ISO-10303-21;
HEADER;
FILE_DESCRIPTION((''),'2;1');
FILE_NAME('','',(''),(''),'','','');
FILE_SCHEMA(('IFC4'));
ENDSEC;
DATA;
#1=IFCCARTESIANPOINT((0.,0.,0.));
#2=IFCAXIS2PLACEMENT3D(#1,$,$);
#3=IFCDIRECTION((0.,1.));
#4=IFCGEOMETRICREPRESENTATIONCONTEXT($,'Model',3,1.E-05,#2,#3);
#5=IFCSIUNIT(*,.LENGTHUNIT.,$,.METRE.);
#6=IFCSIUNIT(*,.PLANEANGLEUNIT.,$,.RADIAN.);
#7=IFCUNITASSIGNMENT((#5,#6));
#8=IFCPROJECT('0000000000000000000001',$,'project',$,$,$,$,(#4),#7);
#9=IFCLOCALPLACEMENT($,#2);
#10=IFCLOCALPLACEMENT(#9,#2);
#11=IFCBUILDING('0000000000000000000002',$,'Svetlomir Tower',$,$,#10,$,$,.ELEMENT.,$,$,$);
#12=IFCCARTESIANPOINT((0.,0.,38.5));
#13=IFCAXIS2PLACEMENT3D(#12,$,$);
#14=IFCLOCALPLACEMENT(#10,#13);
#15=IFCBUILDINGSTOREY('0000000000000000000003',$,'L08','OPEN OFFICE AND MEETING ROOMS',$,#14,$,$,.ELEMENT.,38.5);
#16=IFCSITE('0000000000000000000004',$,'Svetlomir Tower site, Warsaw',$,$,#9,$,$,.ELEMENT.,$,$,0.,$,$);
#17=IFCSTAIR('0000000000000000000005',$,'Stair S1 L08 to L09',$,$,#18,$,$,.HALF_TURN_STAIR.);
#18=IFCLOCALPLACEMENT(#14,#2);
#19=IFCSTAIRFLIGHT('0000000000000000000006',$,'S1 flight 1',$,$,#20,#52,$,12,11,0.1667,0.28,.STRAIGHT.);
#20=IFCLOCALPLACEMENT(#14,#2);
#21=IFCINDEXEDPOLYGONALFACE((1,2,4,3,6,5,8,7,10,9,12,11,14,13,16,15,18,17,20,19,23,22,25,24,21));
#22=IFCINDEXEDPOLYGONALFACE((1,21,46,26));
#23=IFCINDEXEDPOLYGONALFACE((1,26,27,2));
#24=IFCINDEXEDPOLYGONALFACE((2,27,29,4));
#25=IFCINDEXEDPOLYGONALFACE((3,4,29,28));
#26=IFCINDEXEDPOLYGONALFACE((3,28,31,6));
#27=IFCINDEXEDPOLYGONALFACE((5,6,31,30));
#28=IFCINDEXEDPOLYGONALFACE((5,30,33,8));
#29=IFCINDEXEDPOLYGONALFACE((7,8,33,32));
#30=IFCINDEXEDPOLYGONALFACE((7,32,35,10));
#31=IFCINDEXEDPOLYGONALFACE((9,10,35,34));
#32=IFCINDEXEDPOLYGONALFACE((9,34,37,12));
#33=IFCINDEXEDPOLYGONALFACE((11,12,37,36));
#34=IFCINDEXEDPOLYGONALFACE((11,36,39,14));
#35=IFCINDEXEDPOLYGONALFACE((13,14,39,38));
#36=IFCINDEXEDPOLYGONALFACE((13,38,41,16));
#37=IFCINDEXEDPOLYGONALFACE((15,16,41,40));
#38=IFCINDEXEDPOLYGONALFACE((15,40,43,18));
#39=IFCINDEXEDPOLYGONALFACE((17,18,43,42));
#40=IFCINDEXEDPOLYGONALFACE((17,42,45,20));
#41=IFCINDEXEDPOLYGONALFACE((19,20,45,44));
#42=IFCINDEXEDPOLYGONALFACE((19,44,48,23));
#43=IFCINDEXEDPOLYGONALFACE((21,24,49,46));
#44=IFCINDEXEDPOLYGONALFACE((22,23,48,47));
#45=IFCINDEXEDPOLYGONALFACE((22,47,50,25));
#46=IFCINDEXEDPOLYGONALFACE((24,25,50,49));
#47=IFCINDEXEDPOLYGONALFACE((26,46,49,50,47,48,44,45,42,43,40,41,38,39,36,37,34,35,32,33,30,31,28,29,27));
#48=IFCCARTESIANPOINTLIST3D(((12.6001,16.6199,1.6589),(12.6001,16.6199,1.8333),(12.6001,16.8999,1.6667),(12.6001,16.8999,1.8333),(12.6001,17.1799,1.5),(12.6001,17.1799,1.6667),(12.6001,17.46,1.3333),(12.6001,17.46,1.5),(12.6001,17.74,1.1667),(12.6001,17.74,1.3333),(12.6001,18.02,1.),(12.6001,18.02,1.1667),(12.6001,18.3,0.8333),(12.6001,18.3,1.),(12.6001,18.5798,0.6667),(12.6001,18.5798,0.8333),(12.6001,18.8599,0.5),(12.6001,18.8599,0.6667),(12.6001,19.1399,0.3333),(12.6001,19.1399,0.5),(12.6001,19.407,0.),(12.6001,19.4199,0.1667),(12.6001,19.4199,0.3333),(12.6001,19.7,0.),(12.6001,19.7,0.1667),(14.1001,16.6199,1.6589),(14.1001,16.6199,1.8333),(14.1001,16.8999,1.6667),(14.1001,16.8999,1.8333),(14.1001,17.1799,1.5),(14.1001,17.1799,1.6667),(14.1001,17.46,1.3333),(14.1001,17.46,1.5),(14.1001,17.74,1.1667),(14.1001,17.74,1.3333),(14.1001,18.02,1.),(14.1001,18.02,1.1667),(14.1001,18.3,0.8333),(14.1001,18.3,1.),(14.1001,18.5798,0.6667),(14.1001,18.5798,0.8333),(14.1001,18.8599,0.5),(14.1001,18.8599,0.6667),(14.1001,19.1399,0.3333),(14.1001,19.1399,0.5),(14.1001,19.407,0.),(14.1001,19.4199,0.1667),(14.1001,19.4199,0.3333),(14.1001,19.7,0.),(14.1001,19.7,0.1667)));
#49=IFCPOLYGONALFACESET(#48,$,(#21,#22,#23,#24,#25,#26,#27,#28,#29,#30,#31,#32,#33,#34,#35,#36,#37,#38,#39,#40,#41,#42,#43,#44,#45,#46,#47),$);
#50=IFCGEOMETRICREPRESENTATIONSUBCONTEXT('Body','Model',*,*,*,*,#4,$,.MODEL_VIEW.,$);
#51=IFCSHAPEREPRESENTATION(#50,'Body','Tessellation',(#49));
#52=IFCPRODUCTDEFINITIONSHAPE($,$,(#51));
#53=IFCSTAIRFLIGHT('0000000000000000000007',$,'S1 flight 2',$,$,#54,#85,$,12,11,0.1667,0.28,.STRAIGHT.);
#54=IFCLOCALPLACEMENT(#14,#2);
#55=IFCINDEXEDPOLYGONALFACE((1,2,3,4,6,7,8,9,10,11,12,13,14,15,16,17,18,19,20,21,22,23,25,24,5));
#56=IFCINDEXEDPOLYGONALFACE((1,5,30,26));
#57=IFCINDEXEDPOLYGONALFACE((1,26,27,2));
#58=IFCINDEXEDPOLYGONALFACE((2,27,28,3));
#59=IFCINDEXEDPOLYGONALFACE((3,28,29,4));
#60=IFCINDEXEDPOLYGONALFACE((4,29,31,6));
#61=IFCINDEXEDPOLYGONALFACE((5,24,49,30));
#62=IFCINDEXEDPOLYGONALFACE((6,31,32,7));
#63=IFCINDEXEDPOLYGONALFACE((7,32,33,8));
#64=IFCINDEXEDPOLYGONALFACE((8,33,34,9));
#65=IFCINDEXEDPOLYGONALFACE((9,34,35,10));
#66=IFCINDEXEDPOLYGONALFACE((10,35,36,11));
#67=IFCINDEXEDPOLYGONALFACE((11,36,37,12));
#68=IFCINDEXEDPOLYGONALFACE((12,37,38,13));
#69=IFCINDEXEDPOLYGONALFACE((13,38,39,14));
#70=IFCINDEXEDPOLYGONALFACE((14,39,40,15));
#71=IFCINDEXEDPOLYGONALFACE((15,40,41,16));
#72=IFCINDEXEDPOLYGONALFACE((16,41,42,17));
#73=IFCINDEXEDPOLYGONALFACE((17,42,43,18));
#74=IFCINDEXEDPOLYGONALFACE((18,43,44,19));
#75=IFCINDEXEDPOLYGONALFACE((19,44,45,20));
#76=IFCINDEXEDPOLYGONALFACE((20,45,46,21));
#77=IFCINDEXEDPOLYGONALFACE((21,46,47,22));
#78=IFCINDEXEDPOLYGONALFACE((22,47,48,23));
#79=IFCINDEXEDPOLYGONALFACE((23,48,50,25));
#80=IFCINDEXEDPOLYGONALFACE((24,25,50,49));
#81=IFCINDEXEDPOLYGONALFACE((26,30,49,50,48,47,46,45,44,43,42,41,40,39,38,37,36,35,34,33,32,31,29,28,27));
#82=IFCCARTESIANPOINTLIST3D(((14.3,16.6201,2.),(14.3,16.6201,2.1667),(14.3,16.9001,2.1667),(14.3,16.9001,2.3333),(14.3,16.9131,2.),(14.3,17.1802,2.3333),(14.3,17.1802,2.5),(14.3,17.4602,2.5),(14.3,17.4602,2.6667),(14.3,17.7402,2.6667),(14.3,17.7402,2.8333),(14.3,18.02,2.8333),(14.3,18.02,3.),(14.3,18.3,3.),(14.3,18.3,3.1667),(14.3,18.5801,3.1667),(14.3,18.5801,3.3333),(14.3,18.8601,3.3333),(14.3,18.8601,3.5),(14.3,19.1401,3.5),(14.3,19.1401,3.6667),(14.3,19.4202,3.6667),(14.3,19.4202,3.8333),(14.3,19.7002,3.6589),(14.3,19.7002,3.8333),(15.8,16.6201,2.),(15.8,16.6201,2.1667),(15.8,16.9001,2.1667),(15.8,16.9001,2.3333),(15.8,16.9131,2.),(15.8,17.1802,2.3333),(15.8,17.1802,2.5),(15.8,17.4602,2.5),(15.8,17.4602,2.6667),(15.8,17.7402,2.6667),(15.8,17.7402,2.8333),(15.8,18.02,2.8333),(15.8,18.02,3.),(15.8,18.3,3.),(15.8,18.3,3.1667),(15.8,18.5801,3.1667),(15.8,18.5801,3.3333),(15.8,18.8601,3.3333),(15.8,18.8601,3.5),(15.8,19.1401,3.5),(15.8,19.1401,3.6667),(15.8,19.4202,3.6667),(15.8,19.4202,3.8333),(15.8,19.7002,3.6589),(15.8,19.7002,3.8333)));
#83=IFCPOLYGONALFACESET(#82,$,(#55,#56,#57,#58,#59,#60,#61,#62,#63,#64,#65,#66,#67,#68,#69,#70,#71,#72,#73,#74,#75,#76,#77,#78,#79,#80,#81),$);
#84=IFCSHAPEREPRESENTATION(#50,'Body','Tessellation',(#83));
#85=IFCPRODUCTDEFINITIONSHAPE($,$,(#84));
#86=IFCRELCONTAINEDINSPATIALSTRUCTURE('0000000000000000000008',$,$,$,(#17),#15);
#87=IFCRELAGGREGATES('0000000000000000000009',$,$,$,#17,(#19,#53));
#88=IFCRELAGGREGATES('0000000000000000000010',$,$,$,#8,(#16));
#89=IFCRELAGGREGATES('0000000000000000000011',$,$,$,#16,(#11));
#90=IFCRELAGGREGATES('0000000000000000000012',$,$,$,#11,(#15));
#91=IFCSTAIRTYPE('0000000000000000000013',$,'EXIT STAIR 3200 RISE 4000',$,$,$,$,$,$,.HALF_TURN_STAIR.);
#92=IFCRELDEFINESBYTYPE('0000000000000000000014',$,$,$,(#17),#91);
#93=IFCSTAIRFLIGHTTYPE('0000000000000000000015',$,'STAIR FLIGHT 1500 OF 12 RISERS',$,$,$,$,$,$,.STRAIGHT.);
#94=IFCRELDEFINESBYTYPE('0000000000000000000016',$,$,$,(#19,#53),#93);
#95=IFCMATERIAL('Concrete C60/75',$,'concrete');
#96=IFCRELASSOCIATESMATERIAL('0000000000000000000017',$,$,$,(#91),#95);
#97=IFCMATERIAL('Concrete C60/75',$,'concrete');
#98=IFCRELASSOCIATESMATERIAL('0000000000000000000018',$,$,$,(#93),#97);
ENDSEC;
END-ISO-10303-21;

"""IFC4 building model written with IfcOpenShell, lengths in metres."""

from ifc_helpers import new_model, si_unit, direction, frame, origin, place, context, subcontext, project, spatial, polyline, outline, extrude, material, type_object, element, aggregate, save


model = new_model("IFC4")

# Units and contexts
model_context = context("Model", 3, precision=1e-05, world=origin(), true_north=direction((0.0, 1.0)))
body_context = subcontext(model_context, "Body", "Model", "MODEL_VIEW")
ifc_project = project(units=[si_unit("LENGTHUNIT", "METRE"), si_unit("PLANEANGLEUNIT", "RADIAN")], contexts=[model_context])

# Site, building, storey
site_placement = place(None, origin())
site = spatial("IfcSite", under=ifc_project, at=site_placement, Name="Svetlomir Tower site, Warsaw", CompositionType="ELEMENT", RefElevation=0.0)
building_placement = place(site_placement, origin())
building = spatial("IfcBuilding", under=site, at=building_placement, Name="Svetlomir Tower", CompositionType="ELEMENT")
storey_placement = place(building_placement, frame((0.0, 0.0, 38.5)))
storey = spatial("IfcBuildingStorey", under=building, at=storey_placement, Name="L08", Description="OPEN OFFICE AND MEETING ROOMS", CompositionType="ELEMENT", Elevation=38.5)

# Stair, stair flights
ifc_material_1 = material(Name="Concrete C60/75", Category="concrete")
stair_type = type_object("IfcStairType", Name="EXIT STAIR 3200 RISE 4000", PredefinedType="HALF_TURN_STAIR", material=ifc_material_1)
stair_placement = place(storey_placement, origin())
stair = element("IfcStair", 1, at=stair_placement, inside=storey, type_object=stair_type, Name="Stair S1 L08 to L09", PredefinedType="HALF_TURN_STAIR")
ifc_material_2 = material(Name="Concrete C60/75", Category="concrete")
stair_flight_type = type_object("IfcStairFlightType", Name="STAIR FLIGHT 1500 OF 12 RISERS", PredefinedType="STRAIGHT", material=ifc_material_2)
stair_flight_1_placement = place(storey_placement, frame((13.3501, 19.7, 0.0), z_axis=(0.0, 0.0, 1.0), x_axis=(0.0, -1.0, 0.0)))
stair_flight_1 = element("IfcStairFlight", 2, at=stair_flight_1_placement, type_object=stair_flight_type, Name="S1 flight 1", NumberOfRisers=12, NumberOfTreads=11, PredefinedType="STRAIGHT", RiserHeight=0.1667, TreadLength=0.28, context=body_context, shape_type="SweptSolid", body=[
    extrude(outline(polyline([(0.0, 0.0), (0.0, 0.1667), (0.28, 0.1667), (0.28, 0.3333), (0.5601, 0.3333), (0.5601, 0.5), (0.8401, 0.5), (0.8401, 0.6667), (1.1201, 0.6667), (1.1201, 0.8333), (1.3999, 0.8333), (1.3999, 1.0), (1.6799, 1.0), (1.6799, 1.1667), (1.96, 1.1667), (1.96, 1.3333), (2.24, 1.3333), (2.24, 1.5), (2.52, 1.5), (2.52, 1.6667), (2.8, 1.6667), (2.8, 1.8333), (3.0801, 1.8333), (3.0801, 2.0), (3.0801, 1.6589), (0.293, 0.0), (0.0, 0.0)])), frame((0.0, 0.75, 0.0), z_axis=(0.0, -1.0, 0.0), x_axis=(1.0, 0.0, 0.0)), (0.0, 0.0, 1.0), 1.5),
])
stair_flight_2_placement = place(storey_placement, frame((15.05, 16.6201, 2.0), z_axis=(0.0, 0.0, 1.0), x_axis=(0.0, 1.0, 0.0)))
stair_flight_2 = element("IfcStairFlight", 3, at=stair_flight_2_placement, type_object=stair_flight_type, Name="S1 flight 2", NumberOfRisers=12, NumberOfTreads=11, PredefinedType="STRAIGHT", RiserHeight=0.1667, TreadLength=0.28, context=body_context, shape_type="SweptSolid", body=[
    extrude(outline(polyline([(0.0, 0.0), (0.0, 0.1667), (0.28, 0.1667), (0.28, 0.3333), (0.5601, 0.3333), (0.5601, 0.5), (0.8401, 0.5), (0.8401, 0.6667), (1.1201, 0.6667), (1.1201, 0.8333), (1.3999, 0.8333), (1.3999, 1.0), (1.6799, 1.0), (1.6799, 1.1667), (1.96, 1.1667), (1.96, 1.3333), (2.24, 1.3333), (2.24, 1.5), (2.52, 1.5), (2.52, 1.6667), (2.8, 1.6667), (2.8, 1.8333), (3.0801, 1.8333), (3.0801, 2.0), (3.0801, 1.6589), (0.293, 0.0), (0.0, 0.0)])), frame((0.0, 0.75, 0.0), z_axis=(0.0, -1.0, 0.0), x_axis=(1.0, 0.0, 0.0)), (0.0, 0.0, 1.0), 1.5),
])
aggregate(stair, [stair_flight_1, stair_flight_2])

save(model, "model.ifc")
